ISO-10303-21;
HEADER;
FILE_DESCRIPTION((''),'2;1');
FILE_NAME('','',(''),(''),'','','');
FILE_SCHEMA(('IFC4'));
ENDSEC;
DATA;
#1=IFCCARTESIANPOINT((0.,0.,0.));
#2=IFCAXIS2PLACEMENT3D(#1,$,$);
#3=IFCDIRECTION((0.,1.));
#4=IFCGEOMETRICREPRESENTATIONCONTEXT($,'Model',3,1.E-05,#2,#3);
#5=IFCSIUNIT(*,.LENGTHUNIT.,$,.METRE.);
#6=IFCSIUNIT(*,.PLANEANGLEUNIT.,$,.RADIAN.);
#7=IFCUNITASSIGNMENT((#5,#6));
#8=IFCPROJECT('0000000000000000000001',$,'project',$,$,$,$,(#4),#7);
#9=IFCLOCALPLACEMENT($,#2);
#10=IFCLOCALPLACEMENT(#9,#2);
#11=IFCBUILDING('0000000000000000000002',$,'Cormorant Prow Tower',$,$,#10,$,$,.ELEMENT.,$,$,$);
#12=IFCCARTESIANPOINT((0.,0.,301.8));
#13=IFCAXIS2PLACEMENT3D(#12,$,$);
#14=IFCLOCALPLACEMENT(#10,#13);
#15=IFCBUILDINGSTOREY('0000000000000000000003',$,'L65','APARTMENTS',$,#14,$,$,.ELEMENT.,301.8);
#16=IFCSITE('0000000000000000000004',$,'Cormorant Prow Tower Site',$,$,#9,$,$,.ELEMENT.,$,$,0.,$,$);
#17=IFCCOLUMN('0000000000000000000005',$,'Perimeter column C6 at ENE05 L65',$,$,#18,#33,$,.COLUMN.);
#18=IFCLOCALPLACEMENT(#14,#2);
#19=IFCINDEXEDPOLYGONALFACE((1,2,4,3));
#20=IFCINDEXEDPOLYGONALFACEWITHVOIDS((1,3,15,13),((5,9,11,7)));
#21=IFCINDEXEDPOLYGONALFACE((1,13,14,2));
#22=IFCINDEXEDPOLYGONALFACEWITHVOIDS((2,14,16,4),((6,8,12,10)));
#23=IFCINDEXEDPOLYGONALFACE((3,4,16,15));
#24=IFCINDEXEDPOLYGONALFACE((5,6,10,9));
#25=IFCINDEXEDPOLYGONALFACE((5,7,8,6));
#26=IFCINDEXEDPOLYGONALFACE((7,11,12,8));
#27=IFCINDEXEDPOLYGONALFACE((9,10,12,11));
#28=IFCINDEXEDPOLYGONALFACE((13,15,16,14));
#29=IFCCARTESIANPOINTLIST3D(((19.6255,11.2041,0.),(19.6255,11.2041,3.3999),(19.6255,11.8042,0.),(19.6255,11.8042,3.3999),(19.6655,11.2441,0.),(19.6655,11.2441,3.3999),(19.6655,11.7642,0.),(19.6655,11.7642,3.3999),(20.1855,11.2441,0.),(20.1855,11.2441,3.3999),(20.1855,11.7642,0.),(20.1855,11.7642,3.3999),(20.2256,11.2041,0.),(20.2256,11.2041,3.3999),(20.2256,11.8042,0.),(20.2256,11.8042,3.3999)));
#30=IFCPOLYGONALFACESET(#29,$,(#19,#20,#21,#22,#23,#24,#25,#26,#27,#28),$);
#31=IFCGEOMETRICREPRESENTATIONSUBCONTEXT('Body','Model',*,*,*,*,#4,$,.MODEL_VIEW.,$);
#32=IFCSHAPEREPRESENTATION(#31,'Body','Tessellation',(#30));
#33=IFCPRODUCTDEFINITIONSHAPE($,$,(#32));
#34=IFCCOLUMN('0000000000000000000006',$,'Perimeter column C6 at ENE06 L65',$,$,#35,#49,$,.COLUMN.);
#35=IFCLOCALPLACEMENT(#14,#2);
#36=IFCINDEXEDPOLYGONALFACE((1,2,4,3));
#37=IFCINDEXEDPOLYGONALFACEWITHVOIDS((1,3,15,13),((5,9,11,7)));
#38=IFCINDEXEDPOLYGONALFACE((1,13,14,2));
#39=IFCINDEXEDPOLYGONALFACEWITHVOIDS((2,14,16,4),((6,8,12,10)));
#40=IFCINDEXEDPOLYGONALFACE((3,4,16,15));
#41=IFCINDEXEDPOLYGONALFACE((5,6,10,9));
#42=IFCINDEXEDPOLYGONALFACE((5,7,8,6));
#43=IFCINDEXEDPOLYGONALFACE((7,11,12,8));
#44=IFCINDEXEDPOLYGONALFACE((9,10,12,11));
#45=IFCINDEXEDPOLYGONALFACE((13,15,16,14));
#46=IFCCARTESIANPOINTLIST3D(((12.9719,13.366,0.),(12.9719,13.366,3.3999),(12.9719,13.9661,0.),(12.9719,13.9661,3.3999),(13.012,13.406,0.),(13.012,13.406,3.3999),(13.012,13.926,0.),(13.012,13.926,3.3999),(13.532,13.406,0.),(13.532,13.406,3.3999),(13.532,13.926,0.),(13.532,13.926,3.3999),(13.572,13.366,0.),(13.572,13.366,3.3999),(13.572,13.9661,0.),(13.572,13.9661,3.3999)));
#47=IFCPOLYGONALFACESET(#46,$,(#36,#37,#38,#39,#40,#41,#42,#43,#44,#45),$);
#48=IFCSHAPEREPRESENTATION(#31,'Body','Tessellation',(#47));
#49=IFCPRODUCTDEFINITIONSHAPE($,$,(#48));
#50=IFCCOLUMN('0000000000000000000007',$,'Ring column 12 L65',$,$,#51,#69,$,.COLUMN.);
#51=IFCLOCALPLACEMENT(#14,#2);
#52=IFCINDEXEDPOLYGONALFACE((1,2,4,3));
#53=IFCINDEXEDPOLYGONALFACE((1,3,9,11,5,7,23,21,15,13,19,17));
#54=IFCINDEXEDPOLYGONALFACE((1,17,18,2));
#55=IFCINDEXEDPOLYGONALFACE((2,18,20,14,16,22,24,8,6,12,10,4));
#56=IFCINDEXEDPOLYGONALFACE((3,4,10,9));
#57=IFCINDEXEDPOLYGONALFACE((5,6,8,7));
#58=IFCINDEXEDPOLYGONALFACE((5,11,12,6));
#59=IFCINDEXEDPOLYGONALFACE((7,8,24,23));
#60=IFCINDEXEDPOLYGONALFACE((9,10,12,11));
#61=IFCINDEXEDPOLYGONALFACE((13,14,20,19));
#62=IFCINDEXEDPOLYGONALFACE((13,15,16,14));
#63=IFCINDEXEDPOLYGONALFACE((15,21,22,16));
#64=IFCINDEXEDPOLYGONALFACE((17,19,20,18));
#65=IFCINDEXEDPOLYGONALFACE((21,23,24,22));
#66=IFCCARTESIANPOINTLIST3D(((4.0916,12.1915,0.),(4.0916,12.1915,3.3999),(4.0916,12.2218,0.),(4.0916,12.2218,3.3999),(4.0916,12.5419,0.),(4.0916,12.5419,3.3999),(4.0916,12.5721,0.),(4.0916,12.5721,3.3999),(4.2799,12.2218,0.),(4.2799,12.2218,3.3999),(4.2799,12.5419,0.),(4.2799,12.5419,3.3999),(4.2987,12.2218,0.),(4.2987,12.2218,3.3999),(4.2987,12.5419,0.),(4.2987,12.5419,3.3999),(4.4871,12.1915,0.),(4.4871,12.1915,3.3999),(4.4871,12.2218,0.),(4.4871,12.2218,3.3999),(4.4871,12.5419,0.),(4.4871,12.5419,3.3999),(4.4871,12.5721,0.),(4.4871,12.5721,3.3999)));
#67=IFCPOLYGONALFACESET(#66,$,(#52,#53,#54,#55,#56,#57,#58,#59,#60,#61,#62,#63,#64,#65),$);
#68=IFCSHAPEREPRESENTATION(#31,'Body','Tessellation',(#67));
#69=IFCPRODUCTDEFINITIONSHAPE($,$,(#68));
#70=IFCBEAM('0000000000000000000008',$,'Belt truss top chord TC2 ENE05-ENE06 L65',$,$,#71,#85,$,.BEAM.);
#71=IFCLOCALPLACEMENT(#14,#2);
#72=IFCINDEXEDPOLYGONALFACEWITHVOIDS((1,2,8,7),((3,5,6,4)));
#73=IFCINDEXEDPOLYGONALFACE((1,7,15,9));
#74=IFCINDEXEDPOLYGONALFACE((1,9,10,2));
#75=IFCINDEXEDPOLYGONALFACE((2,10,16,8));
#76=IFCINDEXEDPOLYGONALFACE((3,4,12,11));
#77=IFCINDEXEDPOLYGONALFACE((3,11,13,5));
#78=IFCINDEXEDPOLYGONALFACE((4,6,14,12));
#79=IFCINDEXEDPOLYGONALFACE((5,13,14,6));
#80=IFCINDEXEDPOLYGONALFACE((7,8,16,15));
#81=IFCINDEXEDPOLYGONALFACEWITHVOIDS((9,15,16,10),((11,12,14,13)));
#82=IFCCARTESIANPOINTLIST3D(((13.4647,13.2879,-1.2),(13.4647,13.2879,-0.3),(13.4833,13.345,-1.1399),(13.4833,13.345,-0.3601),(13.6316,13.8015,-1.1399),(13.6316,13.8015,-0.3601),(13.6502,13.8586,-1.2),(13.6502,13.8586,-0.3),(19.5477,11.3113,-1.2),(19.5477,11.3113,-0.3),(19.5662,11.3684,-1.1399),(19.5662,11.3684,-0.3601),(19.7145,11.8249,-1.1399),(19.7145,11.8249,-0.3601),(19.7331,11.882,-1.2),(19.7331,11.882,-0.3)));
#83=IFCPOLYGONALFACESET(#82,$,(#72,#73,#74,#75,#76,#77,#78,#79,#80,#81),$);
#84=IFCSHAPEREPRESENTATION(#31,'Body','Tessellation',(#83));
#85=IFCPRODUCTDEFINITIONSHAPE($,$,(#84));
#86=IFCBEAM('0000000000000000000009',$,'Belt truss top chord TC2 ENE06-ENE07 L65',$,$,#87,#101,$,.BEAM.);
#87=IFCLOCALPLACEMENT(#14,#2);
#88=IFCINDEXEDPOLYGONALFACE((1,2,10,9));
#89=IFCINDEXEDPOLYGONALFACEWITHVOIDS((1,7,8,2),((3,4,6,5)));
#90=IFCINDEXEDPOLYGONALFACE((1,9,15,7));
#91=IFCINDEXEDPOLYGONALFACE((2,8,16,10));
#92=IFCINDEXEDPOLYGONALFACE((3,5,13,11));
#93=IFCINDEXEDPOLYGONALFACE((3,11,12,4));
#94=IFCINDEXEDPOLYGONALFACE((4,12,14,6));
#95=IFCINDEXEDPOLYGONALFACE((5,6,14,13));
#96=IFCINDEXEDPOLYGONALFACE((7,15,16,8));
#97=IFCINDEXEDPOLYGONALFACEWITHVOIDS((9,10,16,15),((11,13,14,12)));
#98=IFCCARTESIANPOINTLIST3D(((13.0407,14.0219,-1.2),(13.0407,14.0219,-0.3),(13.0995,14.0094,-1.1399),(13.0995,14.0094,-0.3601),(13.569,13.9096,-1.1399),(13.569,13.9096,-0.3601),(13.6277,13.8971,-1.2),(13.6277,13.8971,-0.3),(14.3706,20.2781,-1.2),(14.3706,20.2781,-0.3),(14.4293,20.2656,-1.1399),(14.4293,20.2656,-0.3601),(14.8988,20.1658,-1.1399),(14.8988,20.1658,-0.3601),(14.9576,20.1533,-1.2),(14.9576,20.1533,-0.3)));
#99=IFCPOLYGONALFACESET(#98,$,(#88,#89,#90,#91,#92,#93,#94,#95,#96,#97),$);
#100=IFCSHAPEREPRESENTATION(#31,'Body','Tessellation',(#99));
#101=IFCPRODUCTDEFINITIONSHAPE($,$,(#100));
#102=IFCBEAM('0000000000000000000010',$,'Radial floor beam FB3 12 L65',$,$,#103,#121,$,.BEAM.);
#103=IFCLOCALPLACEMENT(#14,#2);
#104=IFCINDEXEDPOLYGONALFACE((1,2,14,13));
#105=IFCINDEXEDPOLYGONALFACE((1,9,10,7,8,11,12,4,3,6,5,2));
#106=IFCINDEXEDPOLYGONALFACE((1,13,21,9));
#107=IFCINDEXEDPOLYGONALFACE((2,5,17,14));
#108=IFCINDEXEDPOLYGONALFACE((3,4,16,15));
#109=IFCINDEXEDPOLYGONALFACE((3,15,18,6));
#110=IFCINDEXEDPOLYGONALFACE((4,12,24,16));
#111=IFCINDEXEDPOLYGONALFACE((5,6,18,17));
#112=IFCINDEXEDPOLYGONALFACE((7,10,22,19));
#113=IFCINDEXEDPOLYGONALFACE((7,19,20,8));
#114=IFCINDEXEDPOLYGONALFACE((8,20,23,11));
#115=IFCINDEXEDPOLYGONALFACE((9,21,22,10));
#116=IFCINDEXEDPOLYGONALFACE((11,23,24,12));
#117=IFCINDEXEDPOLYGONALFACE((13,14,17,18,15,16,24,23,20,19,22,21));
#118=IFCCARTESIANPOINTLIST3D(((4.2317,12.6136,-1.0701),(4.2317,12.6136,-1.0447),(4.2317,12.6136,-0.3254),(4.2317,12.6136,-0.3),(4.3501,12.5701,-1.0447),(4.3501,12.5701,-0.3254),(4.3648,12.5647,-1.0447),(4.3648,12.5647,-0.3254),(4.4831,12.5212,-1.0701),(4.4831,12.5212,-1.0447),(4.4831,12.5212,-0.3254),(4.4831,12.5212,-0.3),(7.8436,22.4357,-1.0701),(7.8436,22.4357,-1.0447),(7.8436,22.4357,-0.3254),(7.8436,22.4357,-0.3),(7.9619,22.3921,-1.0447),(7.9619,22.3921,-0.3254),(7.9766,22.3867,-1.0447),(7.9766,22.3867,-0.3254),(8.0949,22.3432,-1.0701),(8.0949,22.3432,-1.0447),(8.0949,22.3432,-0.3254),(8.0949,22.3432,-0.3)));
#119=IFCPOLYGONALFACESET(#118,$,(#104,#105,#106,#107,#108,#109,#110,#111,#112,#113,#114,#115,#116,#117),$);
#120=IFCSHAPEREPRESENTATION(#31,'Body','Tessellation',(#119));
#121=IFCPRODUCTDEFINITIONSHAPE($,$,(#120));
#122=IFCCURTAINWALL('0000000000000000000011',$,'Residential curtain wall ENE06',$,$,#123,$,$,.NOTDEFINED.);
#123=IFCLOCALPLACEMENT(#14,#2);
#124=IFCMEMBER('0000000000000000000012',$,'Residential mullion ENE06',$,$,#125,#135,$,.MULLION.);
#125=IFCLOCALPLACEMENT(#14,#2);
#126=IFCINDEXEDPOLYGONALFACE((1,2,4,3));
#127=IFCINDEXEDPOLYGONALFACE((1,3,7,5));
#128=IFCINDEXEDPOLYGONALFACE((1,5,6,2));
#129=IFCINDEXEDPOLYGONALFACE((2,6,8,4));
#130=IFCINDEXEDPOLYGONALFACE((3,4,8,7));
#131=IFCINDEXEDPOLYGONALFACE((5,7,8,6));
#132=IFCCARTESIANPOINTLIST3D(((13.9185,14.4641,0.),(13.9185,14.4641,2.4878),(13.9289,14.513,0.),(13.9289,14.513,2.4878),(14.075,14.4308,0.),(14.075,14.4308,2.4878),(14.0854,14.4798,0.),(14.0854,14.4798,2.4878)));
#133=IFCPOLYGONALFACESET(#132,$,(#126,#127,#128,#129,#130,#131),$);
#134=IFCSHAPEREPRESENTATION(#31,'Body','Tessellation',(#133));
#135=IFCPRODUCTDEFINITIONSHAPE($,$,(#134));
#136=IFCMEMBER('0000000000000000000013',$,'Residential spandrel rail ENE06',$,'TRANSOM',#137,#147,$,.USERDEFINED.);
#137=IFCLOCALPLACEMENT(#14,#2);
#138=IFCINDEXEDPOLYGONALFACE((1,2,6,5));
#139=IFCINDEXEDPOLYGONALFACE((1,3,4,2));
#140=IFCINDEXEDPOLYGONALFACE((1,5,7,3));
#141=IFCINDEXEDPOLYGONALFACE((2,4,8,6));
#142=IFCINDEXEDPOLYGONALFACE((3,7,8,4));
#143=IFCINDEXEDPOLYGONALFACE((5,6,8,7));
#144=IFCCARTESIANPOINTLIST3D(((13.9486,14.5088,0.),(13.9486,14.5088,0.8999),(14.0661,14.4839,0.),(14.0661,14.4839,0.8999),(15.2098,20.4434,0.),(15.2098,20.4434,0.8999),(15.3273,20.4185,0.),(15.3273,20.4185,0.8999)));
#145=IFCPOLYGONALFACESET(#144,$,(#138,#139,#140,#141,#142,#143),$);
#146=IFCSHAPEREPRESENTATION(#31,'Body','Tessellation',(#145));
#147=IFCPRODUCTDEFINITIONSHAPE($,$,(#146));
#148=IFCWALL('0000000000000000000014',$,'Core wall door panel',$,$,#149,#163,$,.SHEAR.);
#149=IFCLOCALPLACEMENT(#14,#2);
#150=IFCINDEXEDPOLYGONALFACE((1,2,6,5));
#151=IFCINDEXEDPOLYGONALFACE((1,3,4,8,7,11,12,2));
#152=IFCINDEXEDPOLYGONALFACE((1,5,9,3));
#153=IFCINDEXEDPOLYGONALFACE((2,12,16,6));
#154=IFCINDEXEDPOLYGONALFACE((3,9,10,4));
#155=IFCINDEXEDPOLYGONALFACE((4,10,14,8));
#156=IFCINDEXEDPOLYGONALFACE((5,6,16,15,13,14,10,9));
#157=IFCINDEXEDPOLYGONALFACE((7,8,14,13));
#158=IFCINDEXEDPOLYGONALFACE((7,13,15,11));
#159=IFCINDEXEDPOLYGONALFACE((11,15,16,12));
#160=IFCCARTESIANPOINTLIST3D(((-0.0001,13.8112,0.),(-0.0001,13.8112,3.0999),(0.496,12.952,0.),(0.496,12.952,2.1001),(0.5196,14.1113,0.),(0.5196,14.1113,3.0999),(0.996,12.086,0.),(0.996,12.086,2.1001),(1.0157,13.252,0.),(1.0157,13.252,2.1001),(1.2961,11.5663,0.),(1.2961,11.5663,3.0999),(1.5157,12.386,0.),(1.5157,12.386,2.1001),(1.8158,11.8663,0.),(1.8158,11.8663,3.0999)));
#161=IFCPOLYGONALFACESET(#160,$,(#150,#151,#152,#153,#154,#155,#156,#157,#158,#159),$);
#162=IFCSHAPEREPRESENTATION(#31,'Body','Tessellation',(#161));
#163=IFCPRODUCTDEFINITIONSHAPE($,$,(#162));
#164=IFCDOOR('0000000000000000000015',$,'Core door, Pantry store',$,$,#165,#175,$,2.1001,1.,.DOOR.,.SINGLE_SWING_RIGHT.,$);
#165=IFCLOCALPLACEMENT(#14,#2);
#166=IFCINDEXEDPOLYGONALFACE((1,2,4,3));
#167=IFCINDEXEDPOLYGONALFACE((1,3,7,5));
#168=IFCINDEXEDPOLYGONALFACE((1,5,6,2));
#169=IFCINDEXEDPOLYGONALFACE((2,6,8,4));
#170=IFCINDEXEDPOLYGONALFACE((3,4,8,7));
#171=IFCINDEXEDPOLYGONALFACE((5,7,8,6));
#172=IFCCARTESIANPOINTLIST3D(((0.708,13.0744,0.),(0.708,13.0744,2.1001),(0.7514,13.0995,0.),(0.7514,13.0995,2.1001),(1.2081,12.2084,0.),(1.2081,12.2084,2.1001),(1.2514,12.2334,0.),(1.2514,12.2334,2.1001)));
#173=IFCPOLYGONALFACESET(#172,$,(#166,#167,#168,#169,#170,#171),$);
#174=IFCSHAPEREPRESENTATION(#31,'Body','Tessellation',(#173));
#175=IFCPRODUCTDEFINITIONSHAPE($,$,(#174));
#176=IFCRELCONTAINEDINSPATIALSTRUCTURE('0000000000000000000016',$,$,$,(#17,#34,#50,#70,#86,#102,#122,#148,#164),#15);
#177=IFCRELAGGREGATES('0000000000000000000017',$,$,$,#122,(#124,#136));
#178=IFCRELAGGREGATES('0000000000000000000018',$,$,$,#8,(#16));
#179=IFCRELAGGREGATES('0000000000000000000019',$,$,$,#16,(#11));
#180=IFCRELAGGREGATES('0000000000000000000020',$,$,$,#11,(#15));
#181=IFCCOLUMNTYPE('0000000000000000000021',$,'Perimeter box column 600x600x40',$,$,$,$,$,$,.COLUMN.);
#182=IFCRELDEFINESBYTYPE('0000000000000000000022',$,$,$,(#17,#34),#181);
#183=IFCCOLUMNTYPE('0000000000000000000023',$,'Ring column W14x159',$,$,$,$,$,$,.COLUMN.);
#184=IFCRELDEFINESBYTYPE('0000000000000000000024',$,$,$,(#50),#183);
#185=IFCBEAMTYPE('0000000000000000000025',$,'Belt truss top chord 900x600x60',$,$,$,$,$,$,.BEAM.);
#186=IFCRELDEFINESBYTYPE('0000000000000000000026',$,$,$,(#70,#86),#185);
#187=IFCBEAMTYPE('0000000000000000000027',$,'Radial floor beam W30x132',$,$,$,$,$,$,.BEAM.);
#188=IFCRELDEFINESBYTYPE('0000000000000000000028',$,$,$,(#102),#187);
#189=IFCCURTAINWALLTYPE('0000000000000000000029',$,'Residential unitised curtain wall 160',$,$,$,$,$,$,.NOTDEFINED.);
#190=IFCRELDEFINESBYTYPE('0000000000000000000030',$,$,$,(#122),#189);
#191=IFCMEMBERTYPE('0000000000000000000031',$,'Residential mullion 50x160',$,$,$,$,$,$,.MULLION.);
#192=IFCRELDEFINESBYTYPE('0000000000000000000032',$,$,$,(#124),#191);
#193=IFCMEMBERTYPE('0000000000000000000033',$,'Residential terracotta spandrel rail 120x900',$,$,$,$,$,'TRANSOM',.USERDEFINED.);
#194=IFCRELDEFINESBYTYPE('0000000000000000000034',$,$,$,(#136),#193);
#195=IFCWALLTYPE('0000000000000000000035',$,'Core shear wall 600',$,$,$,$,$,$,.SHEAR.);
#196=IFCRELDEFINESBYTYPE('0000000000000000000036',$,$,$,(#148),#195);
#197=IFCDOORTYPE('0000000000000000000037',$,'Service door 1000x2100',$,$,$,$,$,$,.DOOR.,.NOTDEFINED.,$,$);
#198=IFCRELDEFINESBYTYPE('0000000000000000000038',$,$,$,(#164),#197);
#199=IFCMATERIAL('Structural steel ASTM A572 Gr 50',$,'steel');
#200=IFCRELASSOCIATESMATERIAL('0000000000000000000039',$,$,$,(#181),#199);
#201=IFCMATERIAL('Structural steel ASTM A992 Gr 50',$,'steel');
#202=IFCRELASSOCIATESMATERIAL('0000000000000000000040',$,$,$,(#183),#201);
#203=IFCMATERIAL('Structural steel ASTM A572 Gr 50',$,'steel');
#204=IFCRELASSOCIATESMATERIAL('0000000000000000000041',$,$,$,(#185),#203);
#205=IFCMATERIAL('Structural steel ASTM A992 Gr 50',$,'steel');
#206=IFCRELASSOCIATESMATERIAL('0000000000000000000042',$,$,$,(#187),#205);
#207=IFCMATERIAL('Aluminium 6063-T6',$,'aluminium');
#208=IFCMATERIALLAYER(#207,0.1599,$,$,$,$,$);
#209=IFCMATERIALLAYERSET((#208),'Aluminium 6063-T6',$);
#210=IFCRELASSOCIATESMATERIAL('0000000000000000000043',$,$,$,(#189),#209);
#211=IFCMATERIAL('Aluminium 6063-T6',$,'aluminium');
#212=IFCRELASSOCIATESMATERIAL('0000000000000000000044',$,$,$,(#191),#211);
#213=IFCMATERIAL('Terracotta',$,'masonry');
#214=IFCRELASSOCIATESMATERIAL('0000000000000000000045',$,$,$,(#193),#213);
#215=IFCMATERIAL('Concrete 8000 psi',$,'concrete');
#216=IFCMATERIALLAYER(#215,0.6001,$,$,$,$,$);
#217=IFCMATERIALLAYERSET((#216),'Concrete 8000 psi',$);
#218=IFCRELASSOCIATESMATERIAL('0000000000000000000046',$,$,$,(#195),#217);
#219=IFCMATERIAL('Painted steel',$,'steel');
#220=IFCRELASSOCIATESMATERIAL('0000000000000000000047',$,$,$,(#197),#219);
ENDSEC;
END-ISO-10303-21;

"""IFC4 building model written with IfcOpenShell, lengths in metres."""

from ifc_helpers import new_model, si_unit, direction, frame, frame_2d, origin, origin_2d, place, context, subcontext, project, spatial, rectangle, hollow_rectangle, i_section, extrude, material, layer, layer_set, material_profile, profile_set, type_object, element, fill, aggregate, save


model = new_model("IFC4")

# Units and contexts
model_context = context("Model", 3, precision=1e-05, world=origin(), true_north=direction((0.0, 1.0)))
body_context = subcontext(model_context, "Body", "Model", "MODEL_VIEW")
ifc_project = project(units=[si_unit("LENGTHUNIT", "METRE"), si_unit("PLANEANGLEUNIT", "RADIAN")], contexts=[model_context])

# Site, building, storey
site_placement = place(None, origin())
site = spatial("IfcSite", under=ifc_project, at=site_placement, Name="Cormorant Prow Tower Site", CompositionType="ELEMENT", RefElevation=0.0)
building_placement = place(site_placement, origin())
building = spatial("IfcBuilding", under=site, at=building_placement, Name="Cormorant Prow Tower", CompositionType="ELEMENT")
storey_placement = place(building_placement, frame((0.0, 0.0, 301.8)))
storey = spatial("IfcBuildingStorey", under=building, at=storey_placement, Name="L65", Description="APARTMENTS", CompositionType="ELEMENT", Elevation=301.8)

# Columns
ifc_material_1 = material(Name="Structural steel ASTM A572 Gr 50", Category="steel")
ifc_material_profile_1 = material_profile(ifc_material_1, hollow_rectangle(XDim=0.6001, YDim=0.6001, WallThickness=0.04, at=origin_2d()), Name="Box 600x600x40")
ifc_profile_set_1 = profile_set([ifc_material_profile_1], Name="Structural steel ASTM A572 Gr 50")
column_type_1 = type_object("IfcColumnType", Name="Perimeter box column 600x600x40", PredefinedType="COLUMN", material=ifc_profile_set_1)
for number, where, z_axis, x_axis, name in (
    (1, (19.9255, 11.5042, 0.0), (0.0, 0.0, 1.0), (1.0, 0.0, 0.0), "Perimeter column C6 at ENE05 L65"),
    (2, (13.272, 13.666, 0.0), (0.0, 0.0, 1.0), (1.0, 0.0, 0.0), "Perimeter column C6 at ENE06 L65"),
):
    element("IfcColumn", number, at=place(storey_placement, frame(where, z_axis=z_axis, x_axis=x_axis)), inside=storey, type_object=column_type_1, Name=name, PredefinedType="COLUMN", context=body_context, shape_type="SweptSolid", body=[
        extrude(hollow_rectangle(XDim=0.6001, YDim=0.6001, WallThickness=0.04, at=origin_2d()), origin(), (0.0, 0.0, 1.0), 3.3999),
    ])
ifc_material_2 = material(Name="Structural steel ASTM A992 Gr 50", Category="steel")
ifc_material_profile_2 = material_profile(ifc_material_2, i_section(OverallWidth=0.3955, OverallDepth=0.3806, WebThickness=0.0188, FlangeThickness=0.0303, at=origin_2d()), Name="W14x159")
ifc_profile_set_2 = profile_set([ifc_material_profile_2], Name="Structural steel ASTM A992 Gr 50")
column_type_2 = type_object("IfcColumnType", Name="Ring column W14x159", PredefinedType="COLUMN", material=ifc_profile_set_2)
column_placement = place(storey_placement, frame((4.2893, 12.3818, 0.0), z_axis=(0.0, 0.0, 1.0), x_axis=(1.0, 0.0, 0.0)))
element("IfcColumn", 3, at=column_placement, inside=storey, type_object=column_type_2, Name="Ring column 12 L65", PredefinedType="COLUMN", context=body_context, shape_type="SweptSolid", body=[
    extrude(i_section(OverallWidth=0.3955, OverallDepth=0.3806, WebThickness=0.0188, FlangeThickness=0.0303, at=origin_2d()), origin(), (0.0, 0.0, 1.0), 3.3999),
])

# Beams
ifc_material_3 = material(Name="Structural steel ASTM A572 Gr 50", Category="steel")
ifc_material_profile_3 = material_profile(ifc_material_3, hollow_rectangle(XDim=0.6001, YDim=0.8999, WallThickness=0.0601, at=origin_2d()), Name="Box 900x600x60")
ifc_profile_set_3 = profile_set([ifc_material_profile_3], Name="Structural steel ASTM A572 Gr 50")
beam_type_1 = type_object("IfcBeamType", Name="Belt truss top chord 900x600x60", PredefinedType="BEAM", material=ifc_profile_set_3)
for number, where, z_axis, x_axis, name in (
    (4, (19.6404, 11.5967, -0.75), (-0.951053, 0.309027, 0.0), (-0.309027, -0.951053, 0.0), "Belt truss top chord TC2 ENE05-ENE06 L65"),
    (5, (13.3342, 13.9595, -0.75), (0.20792, 0.978146, 0.0), (-0.978146, 0.20792, 0.0), "Belt truss top chord TC2 ENE06-ENE07 L65"),
):
    element("IfcBeam", number, at=place(storey_placement, frame(where, z_axis=z_axis, x_axis=x_axis)), inside=storey, type_object=beam_type_1, Name=name, PredefinedType="BEAM", context=body_context, shape_type="SweptSolid", body=[
        extrude(hollow_rectangle(XDim=0.6001, YDim=0.8999, WallThickness=0.0601, at=origin_2d()), origin(), (0.0, 0.0, 1.0), 6.396),
    ])
ifc_material_4 = material(Name="Structural steel ASTM A992 Gr 50", Category="steel")
ifc_material_profile_4 = material_profile(ifc_material_4, i_section(OverallWidth=0.2678, OverallDepth=0.77, WebThickness=0.0156, FlangeThickness=0.0254, at=origin_2d()), Name="W30x132")
ifc_profile_set_4 = profile_set([ifc_material_profile_4], Name="Structural steel ASTM A992 Gr 50")
beam_type_2 = type_object("IfcBeamType", Name="Radial floor beam W30x132", PredefinedType="BEAM", material=ifc_profile_set_4)
beam_placement = place(storey_placement, frame((4.3574, 12.5674, -0.6851), z_axis=(0.345131, 0.938554, 0.0), x_axis=(-0.938554, 0.345131, 0.0)))
element("IfcBeam", 6, at=beam_placement, inside=storey, type_object=beam_type_2, Name="Radial floor beam FB3 12 L65", PredefinedType="BEAM", context=body_context, shape_type="SweptSolid", body=[
    extrude(i_section(OverallWidth=0.2678, OverallDepth=0.77, WebThickness=0.0156, FlangeThickness=0.0254, at=origin_2d()), origin(), (0.0, 0.0, 1.0), 10.4651),
])

# Curtain wall, members
ifc_material_5 = material(Name="Aluminium 6063-T6", Category="aluminium")
ifc_layer_1 = layer(ifc_material_5, 0.1599)
ifc_layer_set_1 = layer_set([ifc_layer_1], Name="Aluminium 6063-T6")
curtain_wall_type = type_object("IfcCurtainWallType", Name="Residential unitised curtain wall 160", PredefinedType="NOTDEFINED", material=ifc_layer_set_1)
curtain_wall_placement = place(storey_placement, origin())
curtain_wall = element("IfcCurtainWall", 7, at=curtain_wall_placement, inside=storey, type_object=curtain_wall_type, Name="Residential curtain wall ENE06", PredefinedType="NOTDEFINED")
ifc_material_6 = material(Name="Aluminium 6063-T6", Category="aluminium")
ifc_material_profile_5 = material_profile(ifc_material_6, rectangle(XDim=0.1599, YDim=0.05, at=origin_2d()), Name="Residential mullion 50x160")
ifc_profile_set_5 = profile_set([ifc_material_profile_5], Name="Aluminium 6063-T6")
member_type_1 = type_object("IfcMemberType", Name="Residential mullion 50x160", PredefinedType="MULLION", material=ifc_profile_set_5)
member_1_placement = place(storey_placement, frame((14.002, 14.4719, 0.0), z_axis=(0.0, 0.0, 1.0), x_axis=(-0.978148, 0.207912, 0.0)))
member_1 = element("IfcMember", 8, at=member_1_placement, type_object=member_type_1, Name="Residential mullion ENE06", PredefinedType="MULLION", context=body_context, shape_type="SweptSolid", body=[
    extrude(rectangle(XDim=0.1599, YDim=0.05, at=origin_2d()), origin(), (0.0, 0.0, 1.0), 2.4878),
])
ifc_material_7 = material(Name="Terracotta", Category="masonry")
ifc_material_profile_6 = material_profile(ifc_material_7, rectangle(XDim=0.1201, YDim=0.8999, at=origin_2d()), Name="Residential terracotta spandrel rail 120x900")
ifc_profile_set_6 = profile_set([ifc_material_profile_6], Name="Terracotta")
member_type_2 = type_object("IfcMemberType", Name="Residential terracotta spandrel rail 120x900", ElementType="TRANSOM", PredefinedType="USERDEFINED", material=ifc_profile_set_6)
member_2_placement = place(storey_placement, frame((14.0073, 14.4963, 0.45), z_axis=(0.20788, 0.978154, 0.0), x_axis=(-0.978154, 0.20788, 0.0)))
member_2 = element("IfcMember", 9, at=member_2_placement, type_object=member_type_2, Name="Residential spandrel rail ENE06", ObjectType="TRANSOM", PredefinedType="USERDEFINED", context=body_context, shape_type="SweptSolid", body=[
    extrude(rectangle(XDim=0.1201, YDim=0.8999, at=origin_2d()), origin(), (0.0, 0.0, 1.0), 6.0671),
])
aggregate(curtain_wall, [member_1, member_2])

# Wall, opening, door
ifc_material_8 = material(Name="Concrete 8000 psi", Category="concrete")
ifc_layer_2 = layer(ifc_material_8, 0.6001)
ifc_layer_set_2 = layer_set([ifc_layer_2], Name="Concrete 8000 psi")
wall_type_1 = type_object("IfcWallType", Name="Core shear wall 600", PredefinedType="SHEAR", material=ifc_layer_set_2)
wall_1_placement = place(storey_placement, frame((1.5559, 11.7163, 0.0), z_axis=(0.0, 0.0, 1.0), x_axis=(-0.500019, 0.866015, 0.0)))
wall_1 = element("IfcWall", 10, at=wall_1_placement, inside=storey, type_object=wall_type_1, Name="Core wall door panel", PredefinedType="SHEAR", context=body_context, shape_type="SweptSolid", body=[
    extrude(rectangle(XDim=2.5923, YDim=0.6001, at=frame_2d((1.2961, 0.0))), origin(), (0.0, 0.0, 1.0), 3.0999),
])
opening_1_placement = place(wall_1_placement, frame((0.6001, 0.0, 0.0)))
opening_1 = element("IfcOpeningElement", 11, at=opening_1_placement, cuts=wall_1, PredefinedType="OPENING", context=body_context, shape_type="SweptSolid", body=[
    extrude(rectangle(XDim=1.0, YDim=2.1001, at=frame_2d((0.5, 1.05))), frame((0.0, 0.3101, 0.0), z_axis=(0.0, -1.0, 0.0), x_axis=(1.0, 0.0, 0.0)), (0.0, 0.0, 1.0), 0.6201),
])
ifc_material_9 = material(Name="Painted steel", Category="steel")
door_type_1 = type_object("IfcDoorType", Name="Service door 1000x2100", OperationType="NOTDEFINED", PredefinedType="DOOR", material=ifc_material_9)
door_1_placement = place(opening_1_placement, origin())
door_1 = element("IfcDoor", 12, at=door_1_placement, inside=storey, type_object=door_type_1, Name="Core door, Pantry store", OperationType="SINGLE_SWING_RIGHT", OverallHeight=2.1001, OverallWidth=1.0, PredefinedType="DOOR", context=body_context, shape_type="SweptSolid", body=[
    extrude(rectangle(XDim=1.0, YDim=2.1001, at=frame_2d((0.5, 1.05))), frame((0.0, 0.0552, 0.0), z_axis=(0.0, -1.0, 0.0), x_axis=(1.0, 0.0, 0.0)), (0.0, 0.0, 1.0), 0.05),
])
fill(opening_1, door_1)

save(model, "model.ifc")
